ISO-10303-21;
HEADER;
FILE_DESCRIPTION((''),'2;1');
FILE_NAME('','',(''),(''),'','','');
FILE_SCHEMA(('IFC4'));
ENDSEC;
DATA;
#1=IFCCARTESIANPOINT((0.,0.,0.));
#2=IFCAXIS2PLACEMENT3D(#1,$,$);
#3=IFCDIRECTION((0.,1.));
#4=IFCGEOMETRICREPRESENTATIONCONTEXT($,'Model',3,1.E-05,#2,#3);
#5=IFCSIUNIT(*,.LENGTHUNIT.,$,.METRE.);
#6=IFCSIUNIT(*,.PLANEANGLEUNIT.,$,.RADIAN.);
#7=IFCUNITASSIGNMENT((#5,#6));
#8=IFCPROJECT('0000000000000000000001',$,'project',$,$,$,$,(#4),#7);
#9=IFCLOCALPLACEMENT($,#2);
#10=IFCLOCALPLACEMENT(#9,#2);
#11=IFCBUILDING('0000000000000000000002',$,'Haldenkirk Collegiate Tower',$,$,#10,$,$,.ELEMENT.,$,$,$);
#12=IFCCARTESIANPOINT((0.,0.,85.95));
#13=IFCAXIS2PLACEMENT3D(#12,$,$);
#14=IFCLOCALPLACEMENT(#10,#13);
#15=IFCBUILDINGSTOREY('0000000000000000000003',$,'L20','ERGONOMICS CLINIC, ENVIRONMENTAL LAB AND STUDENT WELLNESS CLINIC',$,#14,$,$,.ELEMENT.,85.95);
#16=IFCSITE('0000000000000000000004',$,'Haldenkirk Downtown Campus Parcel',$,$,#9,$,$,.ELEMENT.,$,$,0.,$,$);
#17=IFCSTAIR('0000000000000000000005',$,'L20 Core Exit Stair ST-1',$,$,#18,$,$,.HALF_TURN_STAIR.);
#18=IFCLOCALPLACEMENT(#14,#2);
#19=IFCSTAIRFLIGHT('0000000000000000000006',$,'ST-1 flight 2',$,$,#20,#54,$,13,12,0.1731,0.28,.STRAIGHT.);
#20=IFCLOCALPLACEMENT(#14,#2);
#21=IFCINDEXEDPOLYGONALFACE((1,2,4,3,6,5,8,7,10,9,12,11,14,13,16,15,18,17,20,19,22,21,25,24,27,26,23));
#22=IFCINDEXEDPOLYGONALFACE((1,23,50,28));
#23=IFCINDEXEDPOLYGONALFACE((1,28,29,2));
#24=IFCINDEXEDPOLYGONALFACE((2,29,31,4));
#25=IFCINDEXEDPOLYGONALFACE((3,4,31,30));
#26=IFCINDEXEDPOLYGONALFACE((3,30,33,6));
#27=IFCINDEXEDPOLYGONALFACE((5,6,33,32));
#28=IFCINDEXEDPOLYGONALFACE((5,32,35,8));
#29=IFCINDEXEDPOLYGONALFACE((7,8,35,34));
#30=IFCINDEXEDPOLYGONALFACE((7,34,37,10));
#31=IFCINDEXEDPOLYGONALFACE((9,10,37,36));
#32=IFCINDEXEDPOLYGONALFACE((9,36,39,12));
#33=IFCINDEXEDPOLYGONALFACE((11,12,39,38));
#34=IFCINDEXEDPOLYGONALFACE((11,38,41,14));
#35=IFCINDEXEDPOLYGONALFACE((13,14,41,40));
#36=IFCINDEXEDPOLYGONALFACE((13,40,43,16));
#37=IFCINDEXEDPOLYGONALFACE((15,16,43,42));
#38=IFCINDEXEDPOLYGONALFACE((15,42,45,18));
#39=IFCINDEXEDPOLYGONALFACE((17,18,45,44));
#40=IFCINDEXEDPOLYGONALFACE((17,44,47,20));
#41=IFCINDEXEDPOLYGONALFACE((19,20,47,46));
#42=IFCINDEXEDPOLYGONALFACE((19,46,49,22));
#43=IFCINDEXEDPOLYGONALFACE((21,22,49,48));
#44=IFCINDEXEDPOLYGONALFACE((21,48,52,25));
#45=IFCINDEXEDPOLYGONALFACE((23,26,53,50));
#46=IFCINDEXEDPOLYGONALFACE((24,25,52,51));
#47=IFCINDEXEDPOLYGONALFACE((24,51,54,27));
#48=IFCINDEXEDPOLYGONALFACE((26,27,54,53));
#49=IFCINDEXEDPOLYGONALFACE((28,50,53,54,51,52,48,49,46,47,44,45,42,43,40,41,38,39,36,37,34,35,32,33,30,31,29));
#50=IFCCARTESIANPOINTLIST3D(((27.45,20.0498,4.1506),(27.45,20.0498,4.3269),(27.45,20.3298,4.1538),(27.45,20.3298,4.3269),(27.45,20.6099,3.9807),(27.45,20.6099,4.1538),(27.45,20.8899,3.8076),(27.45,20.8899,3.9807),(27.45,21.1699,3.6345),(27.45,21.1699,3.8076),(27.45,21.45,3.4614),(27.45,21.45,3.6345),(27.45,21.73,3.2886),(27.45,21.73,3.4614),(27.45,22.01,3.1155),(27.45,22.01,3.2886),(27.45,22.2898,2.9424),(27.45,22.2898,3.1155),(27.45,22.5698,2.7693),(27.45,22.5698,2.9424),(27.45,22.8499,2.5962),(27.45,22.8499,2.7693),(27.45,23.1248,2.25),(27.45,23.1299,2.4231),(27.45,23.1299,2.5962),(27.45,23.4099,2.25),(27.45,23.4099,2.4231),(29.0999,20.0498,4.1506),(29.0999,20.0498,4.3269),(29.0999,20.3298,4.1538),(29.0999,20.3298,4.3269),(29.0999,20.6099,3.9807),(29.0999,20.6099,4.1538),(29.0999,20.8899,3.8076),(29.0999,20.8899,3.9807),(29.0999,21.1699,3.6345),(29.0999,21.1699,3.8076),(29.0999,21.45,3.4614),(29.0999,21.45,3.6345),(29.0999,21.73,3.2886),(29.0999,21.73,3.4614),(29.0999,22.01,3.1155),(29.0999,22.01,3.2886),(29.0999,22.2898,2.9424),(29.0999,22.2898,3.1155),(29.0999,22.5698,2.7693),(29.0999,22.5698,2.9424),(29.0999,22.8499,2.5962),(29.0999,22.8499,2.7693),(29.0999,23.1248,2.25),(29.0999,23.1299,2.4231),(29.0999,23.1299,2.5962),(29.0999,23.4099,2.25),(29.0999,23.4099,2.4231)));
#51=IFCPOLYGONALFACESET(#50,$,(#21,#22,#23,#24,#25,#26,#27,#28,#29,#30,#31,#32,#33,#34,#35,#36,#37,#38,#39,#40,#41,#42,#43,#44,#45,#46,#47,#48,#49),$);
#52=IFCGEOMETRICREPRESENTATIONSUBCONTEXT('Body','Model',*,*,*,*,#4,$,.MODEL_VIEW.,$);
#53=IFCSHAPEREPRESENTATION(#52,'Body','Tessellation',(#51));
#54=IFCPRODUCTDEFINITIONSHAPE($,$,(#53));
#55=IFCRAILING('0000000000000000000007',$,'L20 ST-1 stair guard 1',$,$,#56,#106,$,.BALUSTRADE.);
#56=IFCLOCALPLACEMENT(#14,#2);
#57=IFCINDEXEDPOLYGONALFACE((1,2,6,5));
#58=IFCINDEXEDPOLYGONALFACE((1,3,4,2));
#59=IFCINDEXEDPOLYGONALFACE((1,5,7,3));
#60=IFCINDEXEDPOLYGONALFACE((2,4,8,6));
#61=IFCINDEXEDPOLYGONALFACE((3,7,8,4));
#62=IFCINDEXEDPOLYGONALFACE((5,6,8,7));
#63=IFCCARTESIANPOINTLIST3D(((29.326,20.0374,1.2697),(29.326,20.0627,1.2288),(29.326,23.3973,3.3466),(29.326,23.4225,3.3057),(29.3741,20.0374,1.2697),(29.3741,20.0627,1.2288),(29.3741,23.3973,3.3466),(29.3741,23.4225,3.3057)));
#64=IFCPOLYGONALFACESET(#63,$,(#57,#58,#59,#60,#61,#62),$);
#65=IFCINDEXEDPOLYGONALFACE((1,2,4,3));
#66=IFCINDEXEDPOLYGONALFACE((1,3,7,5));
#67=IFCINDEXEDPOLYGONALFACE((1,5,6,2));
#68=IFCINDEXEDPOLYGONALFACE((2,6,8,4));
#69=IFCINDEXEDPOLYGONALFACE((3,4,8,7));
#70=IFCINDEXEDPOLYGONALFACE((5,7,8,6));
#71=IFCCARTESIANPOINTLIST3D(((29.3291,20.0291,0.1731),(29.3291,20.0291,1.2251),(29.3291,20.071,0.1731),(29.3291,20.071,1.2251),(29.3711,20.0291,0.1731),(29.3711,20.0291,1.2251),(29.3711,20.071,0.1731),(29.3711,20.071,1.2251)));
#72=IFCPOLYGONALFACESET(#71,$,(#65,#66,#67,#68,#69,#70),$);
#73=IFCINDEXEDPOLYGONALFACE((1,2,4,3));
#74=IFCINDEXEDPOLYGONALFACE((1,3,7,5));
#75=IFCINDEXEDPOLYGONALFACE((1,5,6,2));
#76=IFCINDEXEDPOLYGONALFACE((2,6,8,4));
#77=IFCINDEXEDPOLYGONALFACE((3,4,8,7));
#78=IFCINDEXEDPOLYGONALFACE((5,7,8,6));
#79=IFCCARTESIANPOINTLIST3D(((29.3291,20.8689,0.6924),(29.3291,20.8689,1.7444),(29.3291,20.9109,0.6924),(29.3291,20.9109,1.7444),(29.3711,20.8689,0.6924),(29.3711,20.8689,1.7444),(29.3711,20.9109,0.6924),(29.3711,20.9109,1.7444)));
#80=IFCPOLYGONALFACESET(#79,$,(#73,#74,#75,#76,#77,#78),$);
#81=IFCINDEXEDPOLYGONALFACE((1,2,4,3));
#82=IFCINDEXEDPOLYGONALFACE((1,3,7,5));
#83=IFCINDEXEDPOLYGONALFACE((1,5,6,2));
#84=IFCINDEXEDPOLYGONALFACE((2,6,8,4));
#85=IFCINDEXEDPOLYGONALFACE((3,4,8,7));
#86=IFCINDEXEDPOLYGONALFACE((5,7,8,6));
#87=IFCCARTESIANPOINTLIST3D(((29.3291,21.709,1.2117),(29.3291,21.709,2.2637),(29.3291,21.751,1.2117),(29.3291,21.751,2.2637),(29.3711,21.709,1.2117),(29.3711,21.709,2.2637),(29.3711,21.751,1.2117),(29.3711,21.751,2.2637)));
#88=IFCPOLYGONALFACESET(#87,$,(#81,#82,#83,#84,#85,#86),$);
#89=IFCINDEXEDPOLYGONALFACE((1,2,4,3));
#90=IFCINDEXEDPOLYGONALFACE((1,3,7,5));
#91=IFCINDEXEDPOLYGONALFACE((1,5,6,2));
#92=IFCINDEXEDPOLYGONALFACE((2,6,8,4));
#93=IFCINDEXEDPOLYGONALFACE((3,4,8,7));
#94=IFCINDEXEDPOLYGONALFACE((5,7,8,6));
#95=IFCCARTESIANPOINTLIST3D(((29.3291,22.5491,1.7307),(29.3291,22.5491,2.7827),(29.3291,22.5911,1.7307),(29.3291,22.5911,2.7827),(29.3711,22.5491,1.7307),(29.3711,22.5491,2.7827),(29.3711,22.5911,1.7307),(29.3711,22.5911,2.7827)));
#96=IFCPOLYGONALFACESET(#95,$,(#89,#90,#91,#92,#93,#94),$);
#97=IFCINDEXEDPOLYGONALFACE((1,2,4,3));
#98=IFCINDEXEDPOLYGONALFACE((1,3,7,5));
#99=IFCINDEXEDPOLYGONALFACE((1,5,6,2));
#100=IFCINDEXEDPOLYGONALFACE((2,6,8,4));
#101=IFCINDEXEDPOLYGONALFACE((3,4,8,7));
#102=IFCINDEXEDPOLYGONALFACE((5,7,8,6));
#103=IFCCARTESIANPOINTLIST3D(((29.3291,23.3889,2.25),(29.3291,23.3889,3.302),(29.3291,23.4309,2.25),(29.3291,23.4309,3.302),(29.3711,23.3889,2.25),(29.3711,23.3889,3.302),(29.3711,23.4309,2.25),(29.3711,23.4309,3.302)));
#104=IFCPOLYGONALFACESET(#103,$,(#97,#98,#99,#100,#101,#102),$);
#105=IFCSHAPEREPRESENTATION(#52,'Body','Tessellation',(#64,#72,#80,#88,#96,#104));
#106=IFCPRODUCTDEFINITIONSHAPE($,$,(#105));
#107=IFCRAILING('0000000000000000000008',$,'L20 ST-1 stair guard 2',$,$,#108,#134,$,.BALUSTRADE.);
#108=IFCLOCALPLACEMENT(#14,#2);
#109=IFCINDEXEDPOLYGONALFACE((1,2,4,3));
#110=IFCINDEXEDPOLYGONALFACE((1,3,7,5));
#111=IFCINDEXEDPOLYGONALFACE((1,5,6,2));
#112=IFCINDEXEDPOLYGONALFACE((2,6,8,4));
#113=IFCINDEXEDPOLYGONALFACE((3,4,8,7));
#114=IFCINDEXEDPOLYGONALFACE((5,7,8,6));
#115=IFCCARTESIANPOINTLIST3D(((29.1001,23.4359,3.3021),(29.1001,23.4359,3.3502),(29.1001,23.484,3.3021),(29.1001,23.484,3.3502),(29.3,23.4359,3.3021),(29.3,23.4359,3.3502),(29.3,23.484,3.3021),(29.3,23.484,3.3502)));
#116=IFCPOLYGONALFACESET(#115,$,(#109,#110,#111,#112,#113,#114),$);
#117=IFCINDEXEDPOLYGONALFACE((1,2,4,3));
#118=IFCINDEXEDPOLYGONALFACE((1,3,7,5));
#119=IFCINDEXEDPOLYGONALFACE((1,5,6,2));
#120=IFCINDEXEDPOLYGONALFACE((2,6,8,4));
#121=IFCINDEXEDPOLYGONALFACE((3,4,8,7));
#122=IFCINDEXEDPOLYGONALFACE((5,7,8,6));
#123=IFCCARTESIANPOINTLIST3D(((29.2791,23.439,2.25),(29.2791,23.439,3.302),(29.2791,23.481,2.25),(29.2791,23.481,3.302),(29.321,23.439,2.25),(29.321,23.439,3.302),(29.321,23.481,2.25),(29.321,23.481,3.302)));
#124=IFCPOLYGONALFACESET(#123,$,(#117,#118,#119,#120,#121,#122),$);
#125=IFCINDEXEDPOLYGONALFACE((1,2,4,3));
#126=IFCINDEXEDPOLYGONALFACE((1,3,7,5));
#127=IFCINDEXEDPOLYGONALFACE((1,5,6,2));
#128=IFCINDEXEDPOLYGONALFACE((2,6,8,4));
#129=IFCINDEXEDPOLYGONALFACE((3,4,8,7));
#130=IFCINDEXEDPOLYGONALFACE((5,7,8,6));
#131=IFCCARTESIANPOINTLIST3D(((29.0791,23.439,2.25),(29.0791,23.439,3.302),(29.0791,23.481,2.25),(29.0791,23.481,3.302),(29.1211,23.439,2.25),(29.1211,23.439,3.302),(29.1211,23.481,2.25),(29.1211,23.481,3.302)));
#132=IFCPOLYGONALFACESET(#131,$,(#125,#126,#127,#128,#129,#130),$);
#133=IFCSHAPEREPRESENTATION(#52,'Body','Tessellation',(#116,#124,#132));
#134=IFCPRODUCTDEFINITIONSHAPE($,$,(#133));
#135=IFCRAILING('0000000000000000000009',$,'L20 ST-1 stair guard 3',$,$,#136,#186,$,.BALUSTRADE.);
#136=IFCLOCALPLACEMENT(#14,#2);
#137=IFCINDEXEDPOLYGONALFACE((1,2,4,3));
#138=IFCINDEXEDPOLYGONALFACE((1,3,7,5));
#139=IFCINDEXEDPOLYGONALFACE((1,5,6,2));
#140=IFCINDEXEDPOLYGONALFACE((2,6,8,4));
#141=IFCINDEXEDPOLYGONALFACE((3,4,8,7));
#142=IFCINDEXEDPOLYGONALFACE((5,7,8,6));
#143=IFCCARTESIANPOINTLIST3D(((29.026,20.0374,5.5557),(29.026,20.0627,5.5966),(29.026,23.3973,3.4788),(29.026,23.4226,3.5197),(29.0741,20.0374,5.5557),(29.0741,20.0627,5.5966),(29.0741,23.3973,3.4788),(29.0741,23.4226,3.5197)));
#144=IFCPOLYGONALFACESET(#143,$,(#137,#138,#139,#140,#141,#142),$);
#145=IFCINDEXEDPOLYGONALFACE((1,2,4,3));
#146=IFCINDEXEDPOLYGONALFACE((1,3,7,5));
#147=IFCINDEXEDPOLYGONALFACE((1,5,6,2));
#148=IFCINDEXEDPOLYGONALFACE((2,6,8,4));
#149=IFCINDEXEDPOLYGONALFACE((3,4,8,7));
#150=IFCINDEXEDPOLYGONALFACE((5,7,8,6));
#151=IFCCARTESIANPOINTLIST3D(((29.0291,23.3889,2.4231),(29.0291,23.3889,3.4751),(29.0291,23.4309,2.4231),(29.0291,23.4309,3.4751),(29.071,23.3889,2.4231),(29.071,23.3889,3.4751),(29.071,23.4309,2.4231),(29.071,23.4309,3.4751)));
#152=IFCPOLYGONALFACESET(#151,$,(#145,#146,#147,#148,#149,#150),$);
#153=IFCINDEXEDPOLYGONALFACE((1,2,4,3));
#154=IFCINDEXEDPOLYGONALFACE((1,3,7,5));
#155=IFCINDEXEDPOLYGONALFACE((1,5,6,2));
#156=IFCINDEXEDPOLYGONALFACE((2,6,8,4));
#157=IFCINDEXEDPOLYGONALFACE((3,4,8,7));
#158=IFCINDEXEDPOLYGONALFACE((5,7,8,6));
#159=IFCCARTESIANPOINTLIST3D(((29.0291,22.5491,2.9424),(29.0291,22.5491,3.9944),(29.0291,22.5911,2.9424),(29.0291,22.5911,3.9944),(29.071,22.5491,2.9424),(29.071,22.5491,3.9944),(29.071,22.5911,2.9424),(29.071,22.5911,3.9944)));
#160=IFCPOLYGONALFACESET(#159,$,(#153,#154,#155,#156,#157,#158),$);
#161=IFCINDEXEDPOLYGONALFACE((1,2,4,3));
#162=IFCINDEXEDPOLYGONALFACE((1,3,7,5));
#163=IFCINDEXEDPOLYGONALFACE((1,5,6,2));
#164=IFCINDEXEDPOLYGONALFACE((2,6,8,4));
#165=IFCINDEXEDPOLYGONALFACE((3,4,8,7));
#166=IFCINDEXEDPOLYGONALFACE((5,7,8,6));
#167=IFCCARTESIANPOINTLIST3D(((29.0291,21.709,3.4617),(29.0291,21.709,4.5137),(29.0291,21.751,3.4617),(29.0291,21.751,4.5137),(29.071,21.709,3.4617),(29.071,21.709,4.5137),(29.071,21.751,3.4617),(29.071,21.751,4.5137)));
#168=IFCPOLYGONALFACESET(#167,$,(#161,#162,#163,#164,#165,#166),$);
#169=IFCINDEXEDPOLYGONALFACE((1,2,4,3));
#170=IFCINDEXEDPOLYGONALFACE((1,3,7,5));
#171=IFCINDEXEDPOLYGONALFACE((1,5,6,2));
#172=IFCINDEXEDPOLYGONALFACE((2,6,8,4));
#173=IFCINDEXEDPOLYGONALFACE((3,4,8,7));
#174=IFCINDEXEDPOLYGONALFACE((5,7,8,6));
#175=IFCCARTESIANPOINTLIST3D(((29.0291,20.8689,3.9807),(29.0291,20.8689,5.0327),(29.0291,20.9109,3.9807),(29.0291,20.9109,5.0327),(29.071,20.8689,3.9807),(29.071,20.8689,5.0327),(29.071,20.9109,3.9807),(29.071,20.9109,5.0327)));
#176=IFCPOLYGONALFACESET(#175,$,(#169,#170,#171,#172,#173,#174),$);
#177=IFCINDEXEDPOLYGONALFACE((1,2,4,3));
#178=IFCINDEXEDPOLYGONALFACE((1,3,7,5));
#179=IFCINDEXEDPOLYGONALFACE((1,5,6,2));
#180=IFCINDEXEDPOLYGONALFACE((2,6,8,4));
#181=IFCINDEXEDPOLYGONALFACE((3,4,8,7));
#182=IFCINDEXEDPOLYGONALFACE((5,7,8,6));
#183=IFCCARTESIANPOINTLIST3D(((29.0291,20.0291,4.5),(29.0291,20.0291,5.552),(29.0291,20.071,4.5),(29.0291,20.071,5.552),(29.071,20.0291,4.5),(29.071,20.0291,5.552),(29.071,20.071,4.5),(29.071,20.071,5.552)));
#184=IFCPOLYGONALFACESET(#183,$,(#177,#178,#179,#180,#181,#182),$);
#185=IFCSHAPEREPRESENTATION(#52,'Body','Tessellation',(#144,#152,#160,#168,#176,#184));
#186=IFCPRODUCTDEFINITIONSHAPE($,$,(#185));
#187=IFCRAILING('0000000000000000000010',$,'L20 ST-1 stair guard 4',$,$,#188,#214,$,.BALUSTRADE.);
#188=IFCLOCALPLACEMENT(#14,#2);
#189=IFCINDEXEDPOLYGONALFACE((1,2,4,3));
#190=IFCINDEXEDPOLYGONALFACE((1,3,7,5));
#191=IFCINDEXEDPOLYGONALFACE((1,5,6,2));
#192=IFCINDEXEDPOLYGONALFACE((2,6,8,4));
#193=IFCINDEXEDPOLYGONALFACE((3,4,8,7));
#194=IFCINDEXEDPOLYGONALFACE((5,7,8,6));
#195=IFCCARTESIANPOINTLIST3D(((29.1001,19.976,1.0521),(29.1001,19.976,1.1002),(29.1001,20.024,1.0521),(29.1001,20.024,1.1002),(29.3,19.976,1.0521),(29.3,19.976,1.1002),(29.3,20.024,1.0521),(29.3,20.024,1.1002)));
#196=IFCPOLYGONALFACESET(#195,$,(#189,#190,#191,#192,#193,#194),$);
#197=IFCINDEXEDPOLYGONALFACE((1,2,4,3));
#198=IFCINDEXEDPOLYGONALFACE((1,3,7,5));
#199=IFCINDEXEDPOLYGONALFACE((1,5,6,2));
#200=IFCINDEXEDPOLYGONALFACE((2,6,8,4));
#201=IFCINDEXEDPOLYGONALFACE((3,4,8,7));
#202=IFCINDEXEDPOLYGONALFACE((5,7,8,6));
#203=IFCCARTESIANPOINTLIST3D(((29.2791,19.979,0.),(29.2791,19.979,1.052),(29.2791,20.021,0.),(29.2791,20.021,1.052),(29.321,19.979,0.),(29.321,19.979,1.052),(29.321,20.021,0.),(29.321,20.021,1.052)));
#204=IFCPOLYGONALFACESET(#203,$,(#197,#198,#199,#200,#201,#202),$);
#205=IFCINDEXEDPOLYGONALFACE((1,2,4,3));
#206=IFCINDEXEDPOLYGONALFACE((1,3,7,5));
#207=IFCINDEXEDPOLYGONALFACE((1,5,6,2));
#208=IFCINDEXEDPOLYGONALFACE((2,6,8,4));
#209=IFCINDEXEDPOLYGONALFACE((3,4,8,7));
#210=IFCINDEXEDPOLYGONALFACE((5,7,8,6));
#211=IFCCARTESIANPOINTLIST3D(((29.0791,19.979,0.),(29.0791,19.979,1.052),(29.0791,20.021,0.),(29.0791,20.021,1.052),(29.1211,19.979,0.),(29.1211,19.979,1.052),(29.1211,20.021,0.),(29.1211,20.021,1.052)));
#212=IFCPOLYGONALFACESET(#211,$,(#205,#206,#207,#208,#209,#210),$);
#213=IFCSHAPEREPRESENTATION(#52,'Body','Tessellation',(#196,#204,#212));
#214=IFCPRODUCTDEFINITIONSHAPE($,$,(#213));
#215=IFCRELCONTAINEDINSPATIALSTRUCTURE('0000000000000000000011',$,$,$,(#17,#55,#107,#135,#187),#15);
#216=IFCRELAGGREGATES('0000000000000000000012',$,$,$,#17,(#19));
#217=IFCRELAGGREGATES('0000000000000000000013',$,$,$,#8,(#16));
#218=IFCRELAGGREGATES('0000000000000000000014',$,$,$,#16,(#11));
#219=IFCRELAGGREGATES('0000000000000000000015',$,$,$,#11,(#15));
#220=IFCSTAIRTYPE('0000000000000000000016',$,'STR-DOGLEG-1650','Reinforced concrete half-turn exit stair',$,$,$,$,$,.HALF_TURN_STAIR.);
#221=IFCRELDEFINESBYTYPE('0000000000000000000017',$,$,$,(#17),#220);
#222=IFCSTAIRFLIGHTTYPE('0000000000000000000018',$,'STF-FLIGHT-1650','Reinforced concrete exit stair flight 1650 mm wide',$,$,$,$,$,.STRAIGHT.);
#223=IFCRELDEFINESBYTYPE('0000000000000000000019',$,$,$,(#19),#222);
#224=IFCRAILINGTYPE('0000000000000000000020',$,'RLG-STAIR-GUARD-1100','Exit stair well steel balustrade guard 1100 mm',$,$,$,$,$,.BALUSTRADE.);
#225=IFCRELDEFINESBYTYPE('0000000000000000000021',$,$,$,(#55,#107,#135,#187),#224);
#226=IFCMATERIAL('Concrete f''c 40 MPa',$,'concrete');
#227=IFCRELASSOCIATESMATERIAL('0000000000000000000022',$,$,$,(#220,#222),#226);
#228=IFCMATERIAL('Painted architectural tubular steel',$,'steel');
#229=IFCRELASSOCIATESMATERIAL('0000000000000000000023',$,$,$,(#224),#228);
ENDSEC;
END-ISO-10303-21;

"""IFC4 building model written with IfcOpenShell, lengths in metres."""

from ifc_helpers import new_model, si_unit, direction, frame, origin, origin_2d, place, context, subcontext, project, spatial, polyline, rectangle, outline, extrude, material, type_object, element, aggregate, save


model = new_model("IFC4")

# Units and contexts
model_context = context("Model", 3, precision=1e-05, world=origin(), true_north=direction((0.0, 1.0)))
body_context = subcontext(model_context, "Body", "Model", "MODEL_VIEW")
ifc_project = project(units=[si_unit("LENGTHUNIT", "METRE"), si_unit("PLANEANGLEUNIT", "RADIAN")], contexts=[model_context])

# Site, building, storey
site_placement = place(None, origin())
site = spatial("IfcSite", under=ifc_project, at=site_placement, Name="Haldenkirk Downtown Campus Parcel", CompositionType="ELEMENT", RefElevation=0.0)
building_placement = place(site_placement, origin())
building = spatial("IfcBuilding", under=site, at=building_placement, Name="Haldenkirk Collegiate Tower", CompositionType="ELEMENT")
storey_placement = place(building_placement, frame((0.0, 0.0, 85.95)))
storey = spatial("IfcBuildingStorey", under=building, at=storey_placement, Name="L20", Description="ERGONOMICS CLINIC, ENVIRONMENTAL LAB AND STUDENT WELLNESS CLINIC", CompositionType="ELEMENT", Elevation=85.95)

# Stair, stair flight
ifc_material_1 = material(Name="Concrete f'c 40 MPa", Category="concrete")
stair_type = type_object("IfcStairType", Name="STR-DOGLEG-1650", Description="Reinforced concrete half-turn exit stair", PredefinedType="HALF_TURN_STAIR", material=ifc_material_1)
stair_placement = place(storey_placement, origin())
stair = element("IfcStair", 1, at=stair_placement, inside=storey, type_object=stair_type, Name="L20 Core Exit Stair ST-1", PredefinedType="HALF_TURN_STAIR")
stair_flight_type = type_object("IfcStairFlightType", Name="STF-FLIGHT-1650", Description="Reinforced concrete exit stair flight 1650 mm wide", PredefinedType="STRAIGHT", material=ifc_material_1)
stair_flight_1_placement = place(storey_placement, frame((28.2749, 23.4099, 2.25), z_axis=(0.0, 0.0, 1.0), x_axis=(0.0, -1.0, 0.0)))
stair_flight_1 = element("IfcStairFlight", 2, at=stair_flight_1_placement, type_object=stair_flight_type, Name="ST-1 flight 2", NumberOfRisers=13, NumberOfTreads=12, PredefinedType="STRAIGHT", RiserHeight=0.1731, TreadLength=0.28, context=body_context, shape_type="SweptSolid", body=[
    extrude(outline(polyline([(0.0, 0.0), (0.0, 0.1731), (0.28, 0.1731), (0.28, 0.3462), (0.5601, 0.3462), (0.5601, 0.5193), (0.8401, 0.5193), (0.8401, 0.6924), (1.1201, 0.6924), (1.1201, 0.8655), (1.3999, 0.8655), (1.3999, 1.0386), (1.6799, 1.0386), (1.6799, 1.2114), (1.96, 1.2114), (1.96, 1.3845), (2.24, 1.3845), (2.24, 1.5576), (2.52, 1.5576), (2.52, 1.7307), (2.8, 1.7307), (2.8, 1.9038), (3.0801, 1.9038), (3.0801, 2.0769), (3.3601, 2.0769), (3.3601, 2.25), (3.3601, 1.9006), (0.2852, 0.0), (0.0, 0.0)])), frame((0.0, 0.825, 0.0), z_axis=(0.0, -1.0, 0.0), x_axis=(1.0, 0.0, 0.0)), (0.0, 0.0, 1.0), 1.6499),
])
aggregate(stair, [stair_flight_1])

# Railings
ifc_material_2 = material(Name="Painted architectural tubular steel", Category="steel")
railing_type_1 = type_object("IfcRailingType", Name="RLG-STAIR-GUARD-1100", Description="Exit stair well steel balustrade guard 1100 mm", PredefinedType="BALUSTRADE", material=ifc_material_2)
railing_1_placement = place(storey_placement, frame((29.3501, 20.05, 0.1731)))
element("IfcRailing", 3, at=railing_1_placement, inside=storey, type_object=railing_type_1, Name="L20 ST-1 stair guard 1", PredefinedType="BALUSTRADE", context=body_context, shape_type="SweptSolid", body=[
    extrude(rectangle(XDim=0.0481, YDim=0.0481, at=origin_2d()), frame((0.0, 0.0, 1.0762), z_axis=(0.0, 0.850606, 0.525803), x_axis=(-1.0, 0.0, 0.0)), (0.0, 0.0, 1.0), 3.95),
    extrude(rectangle(XDim=0.042, YDim=0.042, at=origin_2d()), origin(), (0.0, 0.0, 1.0), 1.052),
    extrude(rectangle(XDim=0.042, YDim=0.042, at=origin_2d()), frame((0.0, 0.8398, 0.5193)), (0.0, 0.0, 1.0), 1.052),
    extrude(rectangle(XDim=0.042, YDim=0.042, at=origin_2d()), frame((0.0, 1.6799, 1.0386)), (0.0, 0.0, 1.0), 1.052),
    extrude(rectangle(XDim=0.042, YDim=0.042, at=origin_2d()), frame((0.0, 2.52, 1.5576)), (0.0, 0.0, 1.0), 1.052),
    extrude(rectangle(XDim=0.042, YDim=0.042, at=origin_2d()), frame((0.0, 3.3599, 2.0769)), (0.0, 0.0, 1.0), 1.052),
])
railing_2_placement = place(storey_placement, frame((29.3, 23.46, 2.25)))
element("IfcRailing", 4, at=railing_2_placement, inside=storey, type_object=railing_type_1, Name="L20 ST-1 stair guard 2", PredefinedType="BALUSTRADE", context=body_context, shape_type="SweptSolid", body=[
    extrude(rectangle(XDim=0.0481, YDim=0.0481, at=origin_2d()), frame((0.0, 0.0, 1.0762), z_axis=(-1.0, 0.0, 0.0), x_axis=(0.0, -1.0, 0.0)), (0.0, 0.0, 1.0), 0.2),
    extrude(rectangle(XDim=0.042, YDim=0.042, at=origin_2d()), origin(), (0.0, 0.0, 1.0), 1.052),
    extrude(rectangle(XDim=0.042, YDim=0.042, at=origin_2d()), frame((-0.2, 0.0, 0.0)), (0.0, 0.0, 1.0), 1.052),
])
railing_3_placement = place(storey_placement, frame((29.05, 23.4099, 2.4231)))
element("IfcRailing", 5, at=railing_3_placement, inside=storey, type_object=railing_type_1, Name="L20 ST-1 stair guard 3", PredefinedType="BALUSTRADE", context=body_context, shape_type="SweptSolid", body=[
    extrude(rectangle(XDim=0.0481, YDim=0.0481, at=origin_2d()), frame((0.0, 0.0, 1.0762), z_axis=(0.0, -0.850606, 0.525803), x_axis=(1.0, 0.0, 0.0)), (0.0, 0.0, 1.0), 3.95),
    extrude(rectangle(XDim=0.042, YDim=0.042, at=origin_2d()), origin(), (0.0, 0.0, 1.0), 1.052),
    extrude(rectangle(XDim=0.042, YDim=0.042, at=origin_2d()), frame((0.0, -0.8398, 0.5193)), (0.0, 0.0, 1.0), 1.052),
    extrude(rectangle(XDim=0.042, YDim=0.042, at=origin_2d()), frame((0.0, -1.6799, 1.0386)), (0.0, 0.0, 1.0), 1.052),
    extrude(rectangle(XDim=0.042, YDim=0.042, at=origin_2d()), frame((0.0, -2.52, 1.5576)), (0.0, 0.0, 1.0), 1.052),
    extrude(rectangle(XDim=0.042, YDim=0.042, at=origin_2d()), frame((0.0, -3.3599, 2.0769)), (0.0, 0.0, 1.0), 1.052),
])
railing_4_placement = place(storey_placement, frame((29.3, 20.0, 0.0)))
element("IfcRailing", 6, at=railing_4_placement, inside=storey, type_object=railing_type_1, Name="L20 ST-1 stair guard 4", PredefinedType="BALUSTRADE", context=body_context, shape_type="SweptSolid", body=[
    extrude(rectangle(XDim=0.0481, YDim=0.0481, at=origin_2d()), frame((0.0, 0.0, 1.0762), z_axis=(-1.0, 0.0, 0.0), x_axis=(0.0, -1.0, 0.0)), (0.0, 0.0, 1.0), 0.2),
    extrude(rectangle(XDim=0.042, YDim=0.042, at=origin_2d()), origin(), (0.0, 0.0, 1.0), 1.052),
    extrude(rectangle(XDim=0.042, YDim=0.042, at=origin_2d()), frame((-0.2, 0.0, 0.0)), (0.0, 0.0, 1.0), 1.052),
])

save(model, "model.ifc")
